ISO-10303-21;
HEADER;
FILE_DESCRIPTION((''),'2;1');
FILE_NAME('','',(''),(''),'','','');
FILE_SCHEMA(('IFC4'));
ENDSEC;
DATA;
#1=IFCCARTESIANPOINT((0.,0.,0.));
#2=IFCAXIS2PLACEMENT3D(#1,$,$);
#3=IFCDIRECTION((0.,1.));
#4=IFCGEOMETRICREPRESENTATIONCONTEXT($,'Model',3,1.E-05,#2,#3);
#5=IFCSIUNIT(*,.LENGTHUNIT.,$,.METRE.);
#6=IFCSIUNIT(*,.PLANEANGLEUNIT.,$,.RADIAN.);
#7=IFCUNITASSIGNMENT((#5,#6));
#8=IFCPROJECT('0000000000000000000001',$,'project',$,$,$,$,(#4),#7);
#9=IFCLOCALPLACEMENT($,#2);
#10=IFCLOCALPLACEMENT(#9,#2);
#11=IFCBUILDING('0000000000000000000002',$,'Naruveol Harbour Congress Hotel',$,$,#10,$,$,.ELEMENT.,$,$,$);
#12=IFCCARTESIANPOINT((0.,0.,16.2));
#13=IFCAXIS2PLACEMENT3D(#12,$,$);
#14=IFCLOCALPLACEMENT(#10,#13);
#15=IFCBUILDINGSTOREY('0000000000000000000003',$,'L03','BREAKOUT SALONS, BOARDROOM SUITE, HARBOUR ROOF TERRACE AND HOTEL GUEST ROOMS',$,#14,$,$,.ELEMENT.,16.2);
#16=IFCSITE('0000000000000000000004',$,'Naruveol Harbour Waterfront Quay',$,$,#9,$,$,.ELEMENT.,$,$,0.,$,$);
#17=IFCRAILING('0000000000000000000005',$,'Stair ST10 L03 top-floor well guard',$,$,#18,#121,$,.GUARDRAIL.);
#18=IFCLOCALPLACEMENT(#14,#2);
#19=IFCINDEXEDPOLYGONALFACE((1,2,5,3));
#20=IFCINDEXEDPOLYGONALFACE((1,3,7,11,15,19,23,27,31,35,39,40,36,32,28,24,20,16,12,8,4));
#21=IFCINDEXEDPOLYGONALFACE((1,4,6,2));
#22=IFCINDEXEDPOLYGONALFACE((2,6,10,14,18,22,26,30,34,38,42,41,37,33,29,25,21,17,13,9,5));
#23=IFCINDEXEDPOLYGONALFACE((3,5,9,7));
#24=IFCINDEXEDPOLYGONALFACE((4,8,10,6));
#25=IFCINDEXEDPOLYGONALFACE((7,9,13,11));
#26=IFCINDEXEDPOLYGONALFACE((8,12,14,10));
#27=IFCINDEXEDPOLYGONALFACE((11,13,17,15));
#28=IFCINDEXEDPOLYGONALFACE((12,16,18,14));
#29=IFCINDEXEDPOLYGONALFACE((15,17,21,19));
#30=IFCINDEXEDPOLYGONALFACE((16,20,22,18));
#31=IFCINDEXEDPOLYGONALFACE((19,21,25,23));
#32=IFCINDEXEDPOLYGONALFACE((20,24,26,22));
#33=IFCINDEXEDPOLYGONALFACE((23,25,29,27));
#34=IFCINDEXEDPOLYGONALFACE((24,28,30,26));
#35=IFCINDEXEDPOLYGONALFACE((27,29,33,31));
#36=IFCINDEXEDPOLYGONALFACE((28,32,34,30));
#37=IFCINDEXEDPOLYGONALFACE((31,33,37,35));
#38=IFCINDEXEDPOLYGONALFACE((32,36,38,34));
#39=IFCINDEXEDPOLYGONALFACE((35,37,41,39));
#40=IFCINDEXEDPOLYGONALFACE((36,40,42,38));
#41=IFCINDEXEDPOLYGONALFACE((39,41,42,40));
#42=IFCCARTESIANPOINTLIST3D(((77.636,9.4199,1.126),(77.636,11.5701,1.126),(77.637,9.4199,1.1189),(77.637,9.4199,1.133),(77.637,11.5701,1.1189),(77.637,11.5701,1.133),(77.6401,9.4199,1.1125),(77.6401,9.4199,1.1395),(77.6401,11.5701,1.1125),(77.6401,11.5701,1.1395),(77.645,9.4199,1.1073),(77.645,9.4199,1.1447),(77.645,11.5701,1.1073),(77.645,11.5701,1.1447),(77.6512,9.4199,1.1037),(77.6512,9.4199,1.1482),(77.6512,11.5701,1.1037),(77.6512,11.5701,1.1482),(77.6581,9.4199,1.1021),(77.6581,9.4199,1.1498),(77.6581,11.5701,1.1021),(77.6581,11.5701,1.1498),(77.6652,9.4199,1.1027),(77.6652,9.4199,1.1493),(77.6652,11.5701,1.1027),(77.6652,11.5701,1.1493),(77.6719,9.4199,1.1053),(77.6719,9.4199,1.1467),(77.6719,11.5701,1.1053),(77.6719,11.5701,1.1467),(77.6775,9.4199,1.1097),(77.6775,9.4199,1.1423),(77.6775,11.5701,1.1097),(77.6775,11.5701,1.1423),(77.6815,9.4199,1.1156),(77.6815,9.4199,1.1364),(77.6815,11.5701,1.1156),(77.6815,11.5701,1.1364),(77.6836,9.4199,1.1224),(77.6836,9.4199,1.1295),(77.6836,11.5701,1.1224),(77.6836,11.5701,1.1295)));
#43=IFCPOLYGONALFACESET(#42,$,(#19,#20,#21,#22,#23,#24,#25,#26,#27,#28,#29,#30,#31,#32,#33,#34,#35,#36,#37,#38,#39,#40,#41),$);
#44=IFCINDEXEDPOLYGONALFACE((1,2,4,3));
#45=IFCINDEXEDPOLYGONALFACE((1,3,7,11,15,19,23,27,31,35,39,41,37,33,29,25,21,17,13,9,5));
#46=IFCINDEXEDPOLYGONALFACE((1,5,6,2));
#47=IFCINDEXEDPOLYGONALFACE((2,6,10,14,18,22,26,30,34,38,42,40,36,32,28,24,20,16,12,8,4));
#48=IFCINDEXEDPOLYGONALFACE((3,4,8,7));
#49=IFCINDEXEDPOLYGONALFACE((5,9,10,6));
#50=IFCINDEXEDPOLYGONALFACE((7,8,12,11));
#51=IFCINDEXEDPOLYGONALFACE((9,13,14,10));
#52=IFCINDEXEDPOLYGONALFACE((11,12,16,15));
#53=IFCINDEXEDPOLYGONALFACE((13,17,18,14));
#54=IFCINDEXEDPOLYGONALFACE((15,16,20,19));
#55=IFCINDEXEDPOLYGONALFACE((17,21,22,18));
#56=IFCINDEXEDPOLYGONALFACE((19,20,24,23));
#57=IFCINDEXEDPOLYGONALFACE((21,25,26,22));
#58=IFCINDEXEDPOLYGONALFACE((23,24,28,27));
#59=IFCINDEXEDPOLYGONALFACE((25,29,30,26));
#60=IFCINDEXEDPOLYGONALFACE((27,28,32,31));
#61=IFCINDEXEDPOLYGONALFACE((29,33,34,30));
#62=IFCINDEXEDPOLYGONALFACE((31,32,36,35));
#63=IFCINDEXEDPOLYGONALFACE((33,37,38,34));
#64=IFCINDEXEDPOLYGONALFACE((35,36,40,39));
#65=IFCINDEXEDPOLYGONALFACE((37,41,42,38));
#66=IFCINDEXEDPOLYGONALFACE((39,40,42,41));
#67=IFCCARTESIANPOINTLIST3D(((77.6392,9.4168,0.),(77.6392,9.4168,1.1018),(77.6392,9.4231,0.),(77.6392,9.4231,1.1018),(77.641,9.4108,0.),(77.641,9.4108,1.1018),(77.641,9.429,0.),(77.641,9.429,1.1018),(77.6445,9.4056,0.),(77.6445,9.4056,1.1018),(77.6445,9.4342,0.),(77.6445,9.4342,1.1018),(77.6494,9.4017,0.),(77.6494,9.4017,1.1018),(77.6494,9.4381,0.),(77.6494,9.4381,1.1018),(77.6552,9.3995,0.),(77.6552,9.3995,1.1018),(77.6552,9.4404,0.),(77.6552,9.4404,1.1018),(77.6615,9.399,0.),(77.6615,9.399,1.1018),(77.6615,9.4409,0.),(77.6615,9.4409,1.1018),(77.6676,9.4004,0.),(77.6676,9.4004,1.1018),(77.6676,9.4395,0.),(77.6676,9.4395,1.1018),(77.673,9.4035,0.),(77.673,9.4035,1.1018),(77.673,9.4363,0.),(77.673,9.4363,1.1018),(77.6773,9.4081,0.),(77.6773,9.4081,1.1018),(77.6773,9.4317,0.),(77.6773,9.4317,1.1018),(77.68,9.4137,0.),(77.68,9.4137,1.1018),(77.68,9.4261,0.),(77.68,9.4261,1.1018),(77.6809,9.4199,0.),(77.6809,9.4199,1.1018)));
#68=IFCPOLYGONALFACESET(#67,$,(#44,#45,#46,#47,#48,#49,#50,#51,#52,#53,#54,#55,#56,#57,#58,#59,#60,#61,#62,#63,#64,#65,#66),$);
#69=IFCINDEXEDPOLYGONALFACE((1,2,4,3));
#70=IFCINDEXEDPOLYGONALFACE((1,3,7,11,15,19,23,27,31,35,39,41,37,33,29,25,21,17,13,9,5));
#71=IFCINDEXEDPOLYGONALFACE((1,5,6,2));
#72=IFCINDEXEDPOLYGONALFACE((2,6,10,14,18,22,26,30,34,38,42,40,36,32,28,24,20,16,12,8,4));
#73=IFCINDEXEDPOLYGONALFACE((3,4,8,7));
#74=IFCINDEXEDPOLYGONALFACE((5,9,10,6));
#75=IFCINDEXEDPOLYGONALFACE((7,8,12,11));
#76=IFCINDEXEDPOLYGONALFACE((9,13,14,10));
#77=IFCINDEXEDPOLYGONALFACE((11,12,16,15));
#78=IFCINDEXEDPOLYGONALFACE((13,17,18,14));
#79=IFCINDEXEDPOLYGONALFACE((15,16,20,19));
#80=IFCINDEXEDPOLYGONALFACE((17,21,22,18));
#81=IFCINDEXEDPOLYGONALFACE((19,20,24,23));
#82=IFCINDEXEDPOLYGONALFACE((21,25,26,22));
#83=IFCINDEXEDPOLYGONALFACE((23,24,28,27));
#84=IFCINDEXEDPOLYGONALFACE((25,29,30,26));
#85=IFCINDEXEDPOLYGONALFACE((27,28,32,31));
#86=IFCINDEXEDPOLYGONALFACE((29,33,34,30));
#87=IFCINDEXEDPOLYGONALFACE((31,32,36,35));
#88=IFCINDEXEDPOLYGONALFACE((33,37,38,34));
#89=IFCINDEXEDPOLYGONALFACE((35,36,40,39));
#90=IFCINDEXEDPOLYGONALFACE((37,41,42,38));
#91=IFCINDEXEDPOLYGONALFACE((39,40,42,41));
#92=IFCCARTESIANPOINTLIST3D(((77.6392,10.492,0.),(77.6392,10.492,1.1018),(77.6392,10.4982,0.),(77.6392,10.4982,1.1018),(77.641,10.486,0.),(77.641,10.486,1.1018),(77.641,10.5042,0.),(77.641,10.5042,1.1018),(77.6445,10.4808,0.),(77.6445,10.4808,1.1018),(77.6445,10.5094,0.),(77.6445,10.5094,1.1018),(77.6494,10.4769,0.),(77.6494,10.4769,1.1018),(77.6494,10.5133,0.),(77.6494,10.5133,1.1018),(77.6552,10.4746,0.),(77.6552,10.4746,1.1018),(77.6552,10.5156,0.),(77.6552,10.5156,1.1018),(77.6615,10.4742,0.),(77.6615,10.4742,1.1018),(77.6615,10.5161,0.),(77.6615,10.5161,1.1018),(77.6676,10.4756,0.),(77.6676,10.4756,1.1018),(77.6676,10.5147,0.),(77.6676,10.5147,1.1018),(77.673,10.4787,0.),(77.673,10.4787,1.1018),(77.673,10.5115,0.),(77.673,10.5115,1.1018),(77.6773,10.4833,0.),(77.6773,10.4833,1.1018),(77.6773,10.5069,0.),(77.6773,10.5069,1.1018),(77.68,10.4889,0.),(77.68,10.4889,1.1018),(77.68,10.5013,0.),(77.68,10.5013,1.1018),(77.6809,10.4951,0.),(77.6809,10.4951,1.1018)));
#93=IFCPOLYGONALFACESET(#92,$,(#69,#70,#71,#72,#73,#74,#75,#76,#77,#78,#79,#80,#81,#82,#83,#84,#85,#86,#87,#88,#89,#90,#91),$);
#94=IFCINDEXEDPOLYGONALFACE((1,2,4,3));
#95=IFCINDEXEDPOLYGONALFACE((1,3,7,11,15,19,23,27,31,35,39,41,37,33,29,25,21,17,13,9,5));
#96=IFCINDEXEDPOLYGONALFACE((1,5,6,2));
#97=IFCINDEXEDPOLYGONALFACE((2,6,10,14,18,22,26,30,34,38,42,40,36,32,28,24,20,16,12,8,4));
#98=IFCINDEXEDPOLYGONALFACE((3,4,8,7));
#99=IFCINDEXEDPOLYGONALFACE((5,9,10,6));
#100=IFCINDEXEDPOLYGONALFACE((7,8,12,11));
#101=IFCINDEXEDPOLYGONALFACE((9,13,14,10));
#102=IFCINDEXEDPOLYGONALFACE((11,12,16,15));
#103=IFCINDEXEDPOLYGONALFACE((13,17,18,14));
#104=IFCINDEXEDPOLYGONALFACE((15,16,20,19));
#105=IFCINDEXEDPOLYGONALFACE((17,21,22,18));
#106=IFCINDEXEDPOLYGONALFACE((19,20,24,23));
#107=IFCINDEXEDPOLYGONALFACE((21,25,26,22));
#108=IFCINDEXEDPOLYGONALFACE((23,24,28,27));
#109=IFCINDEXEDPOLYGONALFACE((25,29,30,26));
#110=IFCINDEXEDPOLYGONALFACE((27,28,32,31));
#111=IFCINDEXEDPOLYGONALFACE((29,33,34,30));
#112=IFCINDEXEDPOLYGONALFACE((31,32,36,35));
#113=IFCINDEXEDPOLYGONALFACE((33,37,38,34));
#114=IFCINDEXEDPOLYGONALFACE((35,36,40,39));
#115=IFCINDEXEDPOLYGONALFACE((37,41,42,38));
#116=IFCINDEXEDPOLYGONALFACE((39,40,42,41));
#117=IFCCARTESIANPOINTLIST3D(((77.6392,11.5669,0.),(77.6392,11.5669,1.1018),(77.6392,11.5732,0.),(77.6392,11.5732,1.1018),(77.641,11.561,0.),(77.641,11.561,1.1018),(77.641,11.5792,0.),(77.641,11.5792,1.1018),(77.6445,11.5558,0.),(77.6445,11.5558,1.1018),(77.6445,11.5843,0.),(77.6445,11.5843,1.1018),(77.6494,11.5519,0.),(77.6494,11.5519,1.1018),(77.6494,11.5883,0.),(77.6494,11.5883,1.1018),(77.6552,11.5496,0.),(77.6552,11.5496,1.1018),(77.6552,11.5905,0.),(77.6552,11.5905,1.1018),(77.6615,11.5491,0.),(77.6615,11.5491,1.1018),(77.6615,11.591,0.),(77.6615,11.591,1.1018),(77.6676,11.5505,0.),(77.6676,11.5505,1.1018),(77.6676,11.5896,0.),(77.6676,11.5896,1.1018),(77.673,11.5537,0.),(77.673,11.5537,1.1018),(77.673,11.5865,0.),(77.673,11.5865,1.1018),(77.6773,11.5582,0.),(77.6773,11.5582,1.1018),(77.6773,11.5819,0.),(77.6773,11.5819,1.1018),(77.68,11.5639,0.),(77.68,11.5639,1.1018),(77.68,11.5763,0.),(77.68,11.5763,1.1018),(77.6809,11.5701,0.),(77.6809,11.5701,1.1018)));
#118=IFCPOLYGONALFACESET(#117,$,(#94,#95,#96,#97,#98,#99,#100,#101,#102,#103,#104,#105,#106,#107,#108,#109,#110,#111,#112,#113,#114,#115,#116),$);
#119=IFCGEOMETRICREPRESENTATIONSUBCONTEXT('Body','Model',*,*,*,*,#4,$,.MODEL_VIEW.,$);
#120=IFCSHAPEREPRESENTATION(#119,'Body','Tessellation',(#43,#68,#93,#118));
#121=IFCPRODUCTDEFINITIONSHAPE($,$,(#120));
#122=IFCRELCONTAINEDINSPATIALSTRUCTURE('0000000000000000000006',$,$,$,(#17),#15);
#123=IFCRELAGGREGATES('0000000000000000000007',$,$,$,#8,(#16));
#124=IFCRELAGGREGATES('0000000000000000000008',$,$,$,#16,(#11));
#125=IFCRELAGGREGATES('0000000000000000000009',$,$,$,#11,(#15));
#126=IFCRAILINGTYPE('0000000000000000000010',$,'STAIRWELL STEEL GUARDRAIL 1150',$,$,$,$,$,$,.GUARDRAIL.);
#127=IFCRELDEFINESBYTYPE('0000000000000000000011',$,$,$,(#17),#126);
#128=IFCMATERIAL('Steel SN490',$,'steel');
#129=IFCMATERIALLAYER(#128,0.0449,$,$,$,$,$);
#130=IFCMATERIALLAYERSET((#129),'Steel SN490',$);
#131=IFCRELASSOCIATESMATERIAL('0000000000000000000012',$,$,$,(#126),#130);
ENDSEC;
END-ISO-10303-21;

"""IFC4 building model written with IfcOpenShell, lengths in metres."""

from ifc_helpers import new_model, si_unit, direction, frame, origin, origin_2d, place, context, subcontext, project, spatial, circle, extrude, material, layer, layer_set, type_object, element, save


model = new_model("IFC4")

# Units and contexts
model_context = context("Model", 3, precision=1e-05, world=origin(), true_north=direction((0.0, 1.0)))
body_context = subcontext(model_context, "Body", "Model", "MODEL_VIEW")
ifc_project = project(units=[si_unit("LENGTHUNIT", "METRE"), si_unit("PLANEANGLEUNIT", "RADIAN")], contexts=[model_context])

# Site, building, storey
site_placement = place(None, origin())
site = spatial("IfcSite", under=ifc_project, at=site_placement, Name="Naruveol Harbour Waterfront Quay", CompositionType="ELEMENT", RefElevation=0.0)
building_placement = place(site_placement, origin())
building = spatial("IfcBuilding", under=site, at=building_placement, Name="Naruveol Harbour Congress Hotel", CompositionType="ELEMENT")
storey_placement = place(building_placement, frame((0.0, 0.0, 16.2)))
storey = spatial("IfcBuildingStorey", under=building, at=storey_placement, Name="L03", Description="BREAKOUT SALONS, BOARDROOM SUITE, HARBOUR ROOF TERRACE AND HOTEL GUEST ROOMS", CompositionType="ELEMENT", Elevation=16.2)

# Railing
ifc_material_1 = material(Name="Steel SN490", Category="steel")
ifc_layer_1 = layer(ifc_material_1, 0.0449)
ifc_layer_set_1 = layer_set([ifc_layer_1], Name="Steel SN490")
railing_type = type_object("IfcRailingType", Name="STAIRWELL STEEL GUARDRAIL 1150", PredefinedType="GUARDRAIL", material=ifc_layer_set_1)
railing_placement = place(storey_placement, frame((77.6599, 9.4199, 0.0)))
element("IfcRailing", 1, at=railing_placement, inside=storey, type_object=railing_type, Name="Stair ST10 L03 top-floor well guard", PredefinedType="GUARDRAIL", context=body_context, shape_type="SweptSolid", body=[
    extrude(circle(Radius=0.0239, at=origin_2d()), frame((0.0, 0.0, 1.126), z_axis=(0.0, 1.0, 0.0), x_axis=(-1.0, 0.0, 0.0)), (0.0, 0.0, 1.0), 2.1501),
    extrude(circle(Radius=0.021, at=origin_2d()), origin(), (0.0, 0.0, 1.0), 1.1018),
    extrude(circle(Radius=0.021, at=origin_2d()), frame((0.0, 1.0752, 0.0)), (0.0, 0.0, 1.0), 1.1018),
    extrude(circle(Radius=0.021, at=origin_2d()), frame((0.0, 2.1501, 0.0)), (0.0, 0.0, 1.0), 1.1018),
])

save(model, "model.ifc")
